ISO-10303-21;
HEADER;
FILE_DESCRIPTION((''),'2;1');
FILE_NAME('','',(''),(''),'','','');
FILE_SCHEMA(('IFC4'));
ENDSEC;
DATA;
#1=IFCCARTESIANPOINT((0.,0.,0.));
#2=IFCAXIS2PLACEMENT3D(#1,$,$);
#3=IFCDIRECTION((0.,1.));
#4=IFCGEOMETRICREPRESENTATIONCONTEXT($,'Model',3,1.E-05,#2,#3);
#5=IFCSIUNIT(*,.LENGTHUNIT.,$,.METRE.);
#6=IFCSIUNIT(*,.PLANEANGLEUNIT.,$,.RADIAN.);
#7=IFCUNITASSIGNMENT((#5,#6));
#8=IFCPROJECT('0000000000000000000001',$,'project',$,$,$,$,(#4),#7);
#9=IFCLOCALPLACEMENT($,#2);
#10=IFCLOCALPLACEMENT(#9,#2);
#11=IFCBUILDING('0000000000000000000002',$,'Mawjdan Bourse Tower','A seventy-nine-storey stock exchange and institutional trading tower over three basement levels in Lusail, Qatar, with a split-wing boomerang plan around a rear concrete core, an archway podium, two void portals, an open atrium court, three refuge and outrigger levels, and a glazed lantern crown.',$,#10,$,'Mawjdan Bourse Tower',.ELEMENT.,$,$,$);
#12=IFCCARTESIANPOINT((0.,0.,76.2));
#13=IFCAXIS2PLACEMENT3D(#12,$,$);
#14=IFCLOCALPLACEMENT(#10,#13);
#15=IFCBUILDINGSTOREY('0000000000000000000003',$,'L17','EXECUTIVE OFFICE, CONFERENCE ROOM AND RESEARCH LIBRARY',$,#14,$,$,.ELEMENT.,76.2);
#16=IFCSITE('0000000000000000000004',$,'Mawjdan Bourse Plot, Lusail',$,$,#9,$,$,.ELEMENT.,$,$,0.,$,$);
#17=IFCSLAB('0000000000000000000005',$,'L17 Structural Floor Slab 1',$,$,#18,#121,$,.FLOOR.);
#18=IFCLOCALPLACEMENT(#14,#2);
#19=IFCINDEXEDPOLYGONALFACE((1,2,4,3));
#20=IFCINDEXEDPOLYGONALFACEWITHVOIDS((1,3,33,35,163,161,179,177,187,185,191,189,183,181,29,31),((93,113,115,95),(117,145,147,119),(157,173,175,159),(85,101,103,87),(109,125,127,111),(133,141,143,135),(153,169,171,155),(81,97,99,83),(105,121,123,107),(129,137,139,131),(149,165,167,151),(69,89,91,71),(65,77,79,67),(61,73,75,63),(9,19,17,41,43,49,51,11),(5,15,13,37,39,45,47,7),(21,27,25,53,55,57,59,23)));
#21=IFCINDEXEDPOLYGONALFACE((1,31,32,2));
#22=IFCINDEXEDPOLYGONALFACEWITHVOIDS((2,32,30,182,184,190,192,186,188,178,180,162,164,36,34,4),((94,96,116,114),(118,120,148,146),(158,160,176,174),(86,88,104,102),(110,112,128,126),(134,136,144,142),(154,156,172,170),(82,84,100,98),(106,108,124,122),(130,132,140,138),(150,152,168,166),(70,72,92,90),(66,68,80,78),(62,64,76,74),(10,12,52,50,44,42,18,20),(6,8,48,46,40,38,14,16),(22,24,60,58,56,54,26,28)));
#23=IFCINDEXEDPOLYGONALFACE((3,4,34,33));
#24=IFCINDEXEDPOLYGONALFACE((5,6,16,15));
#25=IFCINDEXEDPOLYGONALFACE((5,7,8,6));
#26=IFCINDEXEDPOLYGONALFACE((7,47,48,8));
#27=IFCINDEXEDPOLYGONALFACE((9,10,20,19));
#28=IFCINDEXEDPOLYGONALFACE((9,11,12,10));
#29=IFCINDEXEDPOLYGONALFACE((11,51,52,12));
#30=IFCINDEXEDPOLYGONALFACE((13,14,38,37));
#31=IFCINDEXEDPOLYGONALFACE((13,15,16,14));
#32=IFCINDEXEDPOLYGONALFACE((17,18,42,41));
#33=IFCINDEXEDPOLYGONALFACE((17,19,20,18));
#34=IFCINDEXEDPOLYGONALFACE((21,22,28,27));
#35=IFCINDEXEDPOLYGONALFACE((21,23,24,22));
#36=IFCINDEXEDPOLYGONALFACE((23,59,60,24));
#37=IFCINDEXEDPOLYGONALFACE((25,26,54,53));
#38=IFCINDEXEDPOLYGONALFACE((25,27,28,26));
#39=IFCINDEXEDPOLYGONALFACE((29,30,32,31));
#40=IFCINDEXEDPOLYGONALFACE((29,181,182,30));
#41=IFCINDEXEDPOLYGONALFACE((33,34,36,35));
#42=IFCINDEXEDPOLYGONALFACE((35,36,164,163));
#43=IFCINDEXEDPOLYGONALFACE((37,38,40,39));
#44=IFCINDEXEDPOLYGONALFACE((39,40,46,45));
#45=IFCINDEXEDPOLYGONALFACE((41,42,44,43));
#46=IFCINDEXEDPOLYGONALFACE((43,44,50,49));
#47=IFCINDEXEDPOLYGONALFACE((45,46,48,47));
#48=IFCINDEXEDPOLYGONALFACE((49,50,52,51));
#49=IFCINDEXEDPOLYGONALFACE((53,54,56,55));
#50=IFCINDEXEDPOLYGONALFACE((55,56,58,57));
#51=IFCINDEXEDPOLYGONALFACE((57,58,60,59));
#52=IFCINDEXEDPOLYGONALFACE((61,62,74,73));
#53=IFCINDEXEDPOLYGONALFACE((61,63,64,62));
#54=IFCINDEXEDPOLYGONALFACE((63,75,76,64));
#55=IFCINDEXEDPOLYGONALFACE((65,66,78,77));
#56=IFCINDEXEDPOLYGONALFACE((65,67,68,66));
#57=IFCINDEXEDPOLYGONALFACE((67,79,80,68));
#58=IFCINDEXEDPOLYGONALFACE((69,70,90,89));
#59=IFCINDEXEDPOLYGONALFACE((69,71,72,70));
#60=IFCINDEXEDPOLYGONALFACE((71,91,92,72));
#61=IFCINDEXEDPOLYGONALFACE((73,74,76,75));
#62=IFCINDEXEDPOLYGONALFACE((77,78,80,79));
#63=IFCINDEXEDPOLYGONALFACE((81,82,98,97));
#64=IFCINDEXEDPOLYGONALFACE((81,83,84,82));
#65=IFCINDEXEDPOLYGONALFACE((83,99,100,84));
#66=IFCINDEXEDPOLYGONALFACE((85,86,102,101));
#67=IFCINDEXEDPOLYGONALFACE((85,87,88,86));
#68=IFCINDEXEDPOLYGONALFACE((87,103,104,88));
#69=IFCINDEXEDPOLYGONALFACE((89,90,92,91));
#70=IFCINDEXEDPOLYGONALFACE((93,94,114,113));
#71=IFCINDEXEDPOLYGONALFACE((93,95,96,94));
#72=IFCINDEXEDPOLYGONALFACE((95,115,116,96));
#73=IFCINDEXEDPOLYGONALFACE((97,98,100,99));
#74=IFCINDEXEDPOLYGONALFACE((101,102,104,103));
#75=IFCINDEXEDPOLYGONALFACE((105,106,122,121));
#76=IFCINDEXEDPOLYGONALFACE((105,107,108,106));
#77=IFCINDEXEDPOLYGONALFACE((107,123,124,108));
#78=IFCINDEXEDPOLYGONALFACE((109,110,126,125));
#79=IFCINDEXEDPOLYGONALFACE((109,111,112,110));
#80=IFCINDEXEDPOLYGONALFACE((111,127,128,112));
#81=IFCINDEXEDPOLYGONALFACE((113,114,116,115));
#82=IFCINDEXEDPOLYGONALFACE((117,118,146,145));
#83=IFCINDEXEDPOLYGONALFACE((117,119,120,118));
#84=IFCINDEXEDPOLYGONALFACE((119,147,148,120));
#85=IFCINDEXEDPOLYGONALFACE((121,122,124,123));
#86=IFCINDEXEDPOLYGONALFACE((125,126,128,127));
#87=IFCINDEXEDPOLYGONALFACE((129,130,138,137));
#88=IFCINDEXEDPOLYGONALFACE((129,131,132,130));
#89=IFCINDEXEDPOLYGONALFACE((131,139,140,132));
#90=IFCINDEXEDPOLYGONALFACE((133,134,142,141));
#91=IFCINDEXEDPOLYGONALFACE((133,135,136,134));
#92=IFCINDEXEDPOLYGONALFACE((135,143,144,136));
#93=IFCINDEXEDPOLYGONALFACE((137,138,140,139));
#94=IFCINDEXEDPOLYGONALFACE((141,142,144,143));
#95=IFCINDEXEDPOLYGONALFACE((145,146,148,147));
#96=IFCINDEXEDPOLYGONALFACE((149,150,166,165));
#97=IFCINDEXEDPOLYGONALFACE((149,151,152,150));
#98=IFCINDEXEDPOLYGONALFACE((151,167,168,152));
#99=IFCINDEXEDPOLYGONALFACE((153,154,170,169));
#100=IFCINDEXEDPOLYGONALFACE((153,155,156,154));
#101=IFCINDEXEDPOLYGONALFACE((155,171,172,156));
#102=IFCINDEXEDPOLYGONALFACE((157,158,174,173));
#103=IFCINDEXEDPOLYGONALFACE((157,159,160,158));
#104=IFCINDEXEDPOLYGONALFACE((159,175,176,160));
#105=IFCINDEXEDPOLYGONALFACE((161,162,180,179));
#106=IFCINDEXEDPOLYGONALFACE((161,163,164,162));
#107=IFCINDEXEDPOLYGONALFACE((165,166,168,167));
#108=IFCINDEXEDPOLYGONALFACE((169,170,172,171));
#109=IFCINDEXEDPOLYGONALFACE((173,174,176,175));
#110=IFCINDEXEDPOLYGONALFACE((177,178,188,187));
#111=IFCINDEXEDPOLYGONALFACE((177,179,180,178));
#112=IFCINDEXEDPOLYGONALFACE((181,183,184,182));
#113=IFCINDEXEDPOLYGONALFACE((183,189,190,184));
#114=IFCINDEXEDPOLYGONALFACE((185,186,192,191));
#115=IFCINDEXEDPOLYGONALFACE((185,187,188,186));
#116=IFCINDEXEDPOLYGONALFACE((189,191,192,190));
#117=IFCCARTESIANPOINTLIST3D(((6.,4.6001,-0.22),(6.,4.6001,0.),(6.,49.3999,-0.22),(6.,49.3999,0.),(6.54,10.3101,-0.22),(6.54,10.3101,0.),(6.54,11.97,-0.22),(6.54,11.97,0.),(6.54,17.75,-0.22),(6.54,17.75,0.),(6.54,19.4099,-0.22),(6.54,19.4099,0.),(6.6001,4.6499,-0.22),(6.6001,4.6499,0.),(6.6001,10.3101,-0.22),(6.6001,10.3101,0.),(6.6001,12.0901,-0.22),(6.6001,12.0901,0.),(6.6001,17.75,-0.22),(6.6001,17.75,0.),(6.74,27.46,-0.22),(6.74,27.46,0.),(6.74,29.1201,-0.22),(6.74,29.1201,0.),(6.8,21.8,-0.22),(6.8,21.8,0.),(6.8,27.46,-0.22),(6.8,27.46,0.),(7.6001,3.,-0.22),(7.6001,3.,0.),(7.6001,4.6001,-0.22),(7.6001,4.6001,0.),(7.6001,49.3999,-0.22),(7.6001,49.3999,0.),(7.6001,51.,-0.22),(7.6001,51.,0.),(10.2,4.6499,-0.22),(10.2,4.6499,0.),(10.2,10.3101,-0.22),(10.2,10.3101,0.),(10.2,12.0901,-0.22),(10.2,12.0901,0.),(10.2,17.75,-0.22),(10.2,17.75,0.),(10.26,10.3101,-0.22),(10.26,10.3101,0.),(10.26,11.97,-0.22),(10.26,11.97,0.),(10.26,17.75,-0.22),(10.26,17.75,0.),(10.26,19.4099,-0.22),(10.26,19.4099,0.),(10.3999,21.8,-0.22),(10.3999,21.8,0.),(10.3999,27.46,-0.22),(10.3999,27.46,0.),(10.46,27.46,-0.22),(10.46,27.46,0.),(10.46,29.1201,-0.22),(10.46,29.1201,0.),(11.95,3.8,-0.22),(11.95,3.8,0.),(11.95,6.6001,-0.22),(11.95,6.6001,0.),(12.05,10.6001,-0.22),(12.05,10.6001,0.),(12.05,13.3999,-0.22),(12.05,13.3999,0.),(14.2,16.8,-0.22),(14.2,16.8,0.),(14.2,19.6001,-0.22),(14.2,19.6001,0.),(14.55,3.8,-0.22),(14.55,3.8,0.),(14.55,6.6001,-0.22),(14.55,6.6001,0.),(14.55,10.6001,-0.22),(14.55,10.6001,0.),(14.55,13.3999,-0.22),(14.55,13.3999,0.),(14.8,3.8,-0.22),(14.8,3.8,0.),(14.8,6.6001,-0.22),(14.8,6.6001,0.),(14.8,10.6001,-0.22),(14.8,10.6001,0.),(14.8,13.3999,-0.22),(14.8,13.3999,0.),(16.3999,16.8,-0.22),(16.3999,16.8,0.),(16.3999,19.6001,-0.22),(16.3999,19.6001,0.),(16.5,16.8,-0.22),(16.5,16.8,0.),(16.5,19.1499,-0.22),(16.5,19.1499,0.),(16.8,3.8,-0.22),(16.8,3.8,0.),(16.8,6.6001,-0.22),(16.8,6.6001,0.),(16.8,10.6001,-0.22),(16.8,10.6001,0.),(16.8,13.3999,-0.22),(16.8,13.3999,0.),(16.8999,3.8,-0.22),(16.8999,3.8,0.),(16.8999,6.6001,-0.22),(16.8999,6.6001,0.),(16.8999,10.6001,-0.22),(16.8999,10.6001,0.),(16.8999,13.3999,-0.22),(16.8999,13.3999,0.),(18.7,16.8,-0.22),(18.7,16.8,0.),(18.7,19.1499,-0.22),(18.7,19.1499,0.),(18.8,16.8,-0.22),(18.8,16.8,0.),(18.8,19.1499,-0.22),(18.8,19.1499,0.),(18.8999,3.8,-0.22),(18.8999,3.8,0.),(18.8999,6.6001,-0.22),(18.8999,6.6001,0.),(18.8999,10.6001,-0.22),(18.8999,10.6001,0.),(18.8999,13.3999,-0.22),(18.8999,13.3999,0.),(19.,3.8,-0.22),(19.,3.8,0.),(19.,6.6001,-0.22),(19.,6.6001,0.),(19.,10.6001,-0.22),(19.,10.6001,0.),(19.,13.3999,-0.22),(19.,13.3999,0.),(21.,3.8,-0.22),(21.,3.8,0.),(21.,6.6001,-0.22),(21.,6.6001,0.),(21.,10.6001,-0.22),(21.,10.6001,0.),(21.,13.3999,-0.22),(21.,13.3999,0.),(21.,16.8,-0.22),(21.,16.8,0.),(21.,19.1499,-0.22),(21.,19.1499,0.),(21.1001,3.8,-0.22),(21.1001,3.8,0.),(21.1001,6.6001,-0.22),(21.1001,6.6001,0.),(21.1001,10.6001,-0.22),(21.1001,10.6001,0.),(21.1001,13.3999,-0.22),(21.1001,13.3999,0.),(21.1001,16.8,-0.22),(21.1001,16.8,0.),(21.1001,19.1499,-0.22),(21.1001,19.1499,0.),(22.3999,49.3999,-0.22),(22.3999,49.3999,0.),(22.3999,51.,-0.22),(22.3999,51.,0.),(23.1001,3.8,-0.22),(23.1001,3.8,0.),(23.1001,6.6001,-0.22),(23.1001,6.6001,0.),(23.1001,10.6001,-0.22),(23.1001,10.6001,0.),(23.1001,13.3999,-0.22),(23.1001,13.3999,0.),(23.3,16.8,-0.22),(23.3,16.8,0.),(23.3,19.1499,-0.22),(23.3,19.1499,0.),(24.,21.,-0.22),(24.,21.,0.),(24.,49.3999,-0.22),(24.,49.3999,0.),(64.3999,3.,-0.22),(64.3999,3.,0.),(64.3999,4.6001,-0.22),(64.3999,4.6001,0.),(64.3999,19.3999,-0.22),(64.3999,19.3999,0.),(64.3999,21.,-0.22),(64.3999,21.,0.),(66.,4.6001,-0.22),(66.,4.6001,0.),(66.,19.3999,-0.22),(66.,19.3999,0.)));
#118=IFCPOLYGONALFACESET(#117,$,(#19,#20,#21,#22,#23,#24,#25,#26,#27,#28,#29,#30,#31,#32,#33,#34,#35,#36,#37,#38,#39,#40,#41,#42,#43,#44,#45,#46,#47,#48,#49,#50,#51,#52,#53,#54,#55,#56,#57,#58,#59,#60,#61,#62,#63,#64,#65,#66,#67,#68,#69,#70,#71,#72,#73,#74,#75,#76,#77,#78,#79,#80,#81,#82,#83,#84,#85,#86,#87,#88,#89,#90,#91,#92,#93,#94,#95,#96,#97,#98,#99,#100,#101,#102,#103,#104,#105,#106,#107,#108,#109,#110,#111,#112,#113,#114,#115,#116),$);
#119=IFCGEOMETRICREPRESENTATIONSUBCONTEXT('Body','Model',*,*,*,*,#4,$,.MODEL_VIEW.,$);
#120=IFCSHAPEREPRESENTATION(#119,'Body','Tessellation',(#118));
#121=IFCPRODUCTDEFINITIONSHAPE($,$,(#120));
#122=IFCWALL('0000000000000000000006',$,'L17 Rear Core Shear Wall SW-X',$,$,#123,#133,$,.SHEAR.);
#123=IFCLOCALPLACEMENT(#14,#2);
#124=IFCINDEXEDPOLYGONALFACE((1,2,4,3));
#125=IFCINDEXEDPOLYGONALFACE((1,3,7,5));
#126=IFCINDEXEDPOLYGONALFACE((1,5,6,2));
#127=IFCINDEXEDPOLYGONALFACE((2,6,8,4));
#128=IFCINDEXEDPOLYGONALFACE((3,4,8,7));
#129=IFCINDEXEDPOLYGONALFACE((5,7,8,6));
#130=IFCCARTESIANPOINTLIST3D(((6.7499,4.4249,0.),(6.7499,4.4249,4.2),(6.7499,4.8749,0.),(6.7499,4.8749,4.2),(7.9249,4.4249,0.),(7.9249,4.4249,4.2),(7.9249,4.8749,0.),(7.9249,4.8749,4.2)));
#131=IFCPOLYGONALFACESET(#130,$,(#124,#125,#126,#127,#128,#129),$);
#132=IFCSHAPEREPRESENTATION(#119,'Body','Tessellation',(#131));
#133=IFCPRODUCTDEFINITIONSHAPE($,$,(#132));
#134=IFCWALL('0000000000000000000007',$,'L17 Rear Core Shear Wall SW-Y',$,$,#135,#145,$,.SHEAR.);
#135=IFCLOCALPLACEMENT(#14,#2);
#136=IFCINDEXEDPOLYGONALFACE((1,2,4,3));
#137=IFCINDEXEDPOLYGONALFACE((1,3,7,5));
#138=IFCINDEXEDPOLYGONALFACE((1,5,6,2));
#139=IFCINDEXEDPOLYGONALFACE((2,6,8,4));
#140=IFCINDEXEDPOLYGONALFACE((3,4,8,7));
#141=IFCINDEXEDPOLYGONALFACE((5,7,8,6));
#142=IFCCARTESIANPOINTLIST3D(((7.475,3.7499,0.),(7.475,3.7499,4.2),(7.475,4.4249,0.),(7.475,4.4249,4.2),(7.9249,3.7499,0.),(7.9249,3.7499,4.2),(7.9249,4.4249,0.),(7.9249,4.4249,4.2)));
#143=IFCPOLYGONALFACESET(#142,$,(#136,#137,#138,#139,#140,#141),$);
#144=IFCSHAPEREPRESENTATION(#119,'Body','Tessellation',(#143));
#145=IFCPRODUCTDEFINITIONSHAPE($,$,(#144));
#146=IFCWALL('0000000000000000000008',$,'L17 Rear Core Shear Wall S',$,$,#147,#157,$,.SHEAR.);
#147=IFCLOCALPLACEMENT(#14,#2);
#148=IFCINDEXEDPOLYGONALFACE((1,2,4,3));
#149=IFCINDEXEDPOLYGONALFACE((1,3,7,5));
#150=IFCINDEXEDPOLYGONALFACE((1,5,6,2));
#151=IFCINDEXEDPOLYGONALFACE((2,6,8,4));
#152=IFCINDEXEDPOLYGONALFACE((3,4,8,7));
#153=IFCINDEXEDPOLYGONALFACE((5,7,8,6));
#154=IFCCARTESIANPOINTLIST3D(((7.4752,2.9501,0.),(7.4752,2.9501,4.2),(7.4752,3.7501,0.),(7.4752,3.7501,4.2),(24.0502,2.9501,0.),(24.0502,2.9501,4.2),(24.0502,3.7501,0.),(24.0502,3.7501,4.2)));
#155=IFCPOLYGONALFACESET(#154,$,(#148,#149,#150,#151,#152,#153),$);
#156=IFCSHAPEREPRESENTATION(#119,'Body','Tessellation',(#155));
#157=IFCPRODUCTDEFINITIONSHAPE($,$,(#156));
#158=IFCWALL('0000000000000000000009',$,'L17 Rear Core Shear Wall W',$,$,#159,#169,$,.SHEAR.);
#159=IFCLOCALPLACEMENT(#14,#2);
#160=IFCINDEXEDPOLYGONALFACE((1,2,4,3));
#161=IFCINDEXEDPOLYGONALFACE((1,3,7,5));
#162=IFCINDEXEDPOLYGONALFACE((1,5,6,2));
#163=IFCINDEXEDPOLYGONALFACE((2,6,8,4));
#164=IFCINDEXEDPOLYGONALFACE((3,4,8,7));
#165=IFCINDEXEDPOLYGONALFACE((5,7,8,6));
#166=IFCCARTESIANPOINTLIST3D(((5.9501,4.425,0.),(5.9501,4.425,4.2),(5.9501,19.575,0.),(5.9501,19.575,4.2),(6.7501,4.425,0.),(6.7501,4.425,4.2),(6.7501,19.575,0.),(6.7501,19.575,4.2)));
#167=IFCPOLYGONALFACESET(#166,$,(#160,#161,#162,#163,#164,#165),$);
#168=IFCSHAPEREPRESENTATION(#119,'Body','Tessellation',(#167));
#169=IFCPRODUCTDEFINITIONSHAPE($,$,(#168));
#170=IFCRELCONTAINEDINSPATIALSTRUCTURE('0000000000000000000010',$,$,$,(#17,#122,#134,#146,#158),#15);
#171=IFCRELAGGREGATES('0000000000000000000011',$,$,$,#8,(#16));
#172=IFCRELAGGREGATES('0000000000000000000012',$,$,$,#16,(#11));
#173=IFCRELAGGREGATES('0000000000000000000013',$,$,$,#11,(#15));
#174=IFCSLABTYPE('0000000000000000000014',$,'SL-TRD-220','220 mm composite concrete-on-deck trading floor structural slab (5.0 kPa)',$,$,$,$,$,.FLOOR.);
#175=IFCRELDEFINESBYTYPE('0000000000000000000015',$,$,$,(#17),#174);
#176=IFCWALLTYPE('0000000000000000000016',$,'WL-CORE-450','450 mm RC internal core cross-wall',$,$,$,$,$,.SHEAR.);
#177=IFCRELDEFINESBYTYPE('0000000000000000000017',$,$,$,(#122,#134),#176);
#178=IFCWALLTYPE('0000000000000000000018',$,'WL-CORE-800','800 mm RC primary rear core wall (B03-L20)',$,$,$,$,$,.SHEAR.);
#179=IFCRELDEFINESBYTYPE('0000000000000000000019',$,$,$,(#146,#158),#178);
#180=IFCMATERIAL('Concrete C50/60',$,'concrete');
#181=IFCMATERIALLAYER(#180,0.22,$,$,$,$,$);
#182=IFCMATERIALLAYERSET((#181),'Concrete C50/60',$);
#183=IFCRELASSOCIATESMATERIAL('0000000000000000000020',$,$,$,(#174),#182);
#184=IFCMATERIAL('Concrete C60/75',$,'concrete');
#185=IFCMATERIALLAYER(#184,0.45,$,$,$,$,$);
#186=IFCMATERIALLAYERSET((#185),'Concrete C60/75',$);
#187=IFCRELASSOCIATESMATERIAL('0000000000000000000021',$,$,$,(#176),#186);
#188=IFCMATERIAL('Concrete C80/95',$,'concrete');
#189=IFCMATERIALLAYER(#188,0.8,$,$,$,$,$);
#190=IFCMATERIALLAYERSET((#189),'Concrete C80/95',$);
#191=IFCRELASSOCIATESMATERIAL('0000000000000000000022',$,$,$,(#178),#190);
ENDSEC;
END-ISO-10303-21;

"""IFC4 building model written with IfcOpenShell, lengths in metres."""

from ifc_helpers import new_model, si_unit, direction, frame, frame_2d, origin, place, context, subcontext, project, spatial, polyline, rectangle, outline, extrude, material, layer, layer_set, type_object, element, save


model = new_model("IFC4")

# Units and contexts
model_context = context("Model", 3, precision=1e-05, world=origin(), true_north=direction((0.0, 1.0)))
body_context = subcontext(model_context, "Body", "Model", "MODEL_VIEW")
ifc_project = project(units=[si_unit("LENGTHUNIT", "METRE"), si_unit("PLANEANGLEUNIT", "RADIAN")], contexts=[model_context])

# Site, building, storey
site_placement = place(None, origin())
site = spatial("IfcSite", under=ifc_project, at=site_placement, Name="Mawjdan Bourse Plot, Lusail", CompositionType="ELEMENT", RefElevation=0.0)
building_placement = place(site_placement, origin())
building = spatial("IfcBuilding", under=site, at=building_placement, Name="Mawjdan Bourse Tower", Description="A seventy-nine-storey stock exchange and institutional trading tower over three basement levels in Lusail, Qatar, with a split-wing boomerang plan around a rear concrete core, an archway podium, two void portals, an open atrium court, three refuge and outrigger levels, and a glazed lantern crown.", LongName="Mawjdan Bourse Tower", CompositionType="ELEMENT")
storey_placement = place(building_placement, frame((0.0, 0.0, 76.2)))
storey = spatial("IfcBuildingStorey", under=building, at=storey_placement, Name="L17", Description="EXECUTIVE OFFICE, CONFERENCE ROOM AND RESEARCH LIBRARY", CompositionType="ELEMENT", Elevation=76.2)

# Shared definitions
ifc_material_1 = material(Name="Concrete C50/60", Category="concrete")

# Slab
ifc_layer_1 = layer(ifc_material_1, 0.22)
ifc_layer_set_1 = layer_set([ifc_layer_1], Name="Concrete C50/60")
slab_type_1 = type_object("IfcSlabType", Name="SL-TRD-220", Description="220 mm composite concrete-on-deck trading floor structural slab (5.0 kPa)", PredefinedType="FLOOR", material=ifc_layer_set_1)
slab_1_placement = place(storey_placement, frame((0.0, 0.0, -0.22)))
element("IfcSlab", 1, at=slab_1_placement, inside=storey, type_object=slab_type_1, Name="L17 Structural Floor Slab 1", PredefinedType="FLOOR", context=body_context, shape_type="SweptSolid", body=[
    extrude(outline(polyline([(7.6001, 3.0), (64.3999, 3.0), (64.3999, 4.6001), (66.0, 4.6001), (66.0, 19.3999), (64.3999, 19.3999), (64.3999, 21.0), (24.0, 21.0), (24.0, 49.3999), (22.3999, 49.3999), (22.3999, 51.0), (7.6001, 51.0), (7.6001, 49.3999), (6.0, 49.3999), (6.0, 4.6001), (7.6001, 4.6001), (7.6001, 3.0)]), holes=[polyline([(11.95, 3.8), (11.95, 6.6001), (14.55, 6.6001), (14.55, 3.8), (11.95, 3.8)]), polyline([(14.8, 3.8), (14.8, 6.6001), (16.8, 6.6001), (16.8, 3.8), (14.8, 3.8)]), polyline([(10.26, 11.97), (10.26, 10.3101), (10.2, 10.3101), (10.2, 4.6499), (6.6001, 4.6499), (6.6001, 10.3101), (6.54, 10.3101), (6.54, 11.97), (10.26, 11.97)]), polyline([(12.05, 13.3999), (14.55, 13.3999), (14.55, 10.6001), (12.05, 10.6001), (12.05, 13.3999)]), polyline([(6.6001, 17.75), (6.54, 17.75), (6.54, 19.4099), (10.26, 19.4099), (10.26, 17.75), (10.2, 17.75), (10.2, 12.0901), (6.6001, 12.0901), (6.6001, 17.75)]), polyline([(14.2, 16.8), (14.2, 19.6001), (16.3999, 19.6001), (16.3999, 16.8), (14.2, 16.8)]), polyline([(10.46, 27.46), (10.3999, 27.46), (10.3999, 21.8), (6.8, 21.8), (6.8, 27.46), (6.74, 27.46), (6.74, 29.1201), (10.46, 29.1201), (10.46, 27.46)]), polyline([(16.8999, 3.8), (16.8999, 6.6001), (18.8999, 6.6001), (18.8999, 3.8), (16.8999, 3.8)]), polyline([(19.0, 3.8), (19.0, 6.6001), (21.0, 6.6001), (21.0, 3.8), (19.0, 3.8)]), polyline([(21.1001, 3.8), (21.1001, 6.6001), (23.1001, 6.6001), (23.1001, 3.8), (21.1001, 3.8)]), polyline([(14.8, 13.3999), (16.8, 13.3999), (16.8, 10.6001), (14.8, 10.6001), (14.8, 13.3999)]), polyline([(16.8999, 13.3999), (18.8999, 13.3999), (18.8999, 10.6001), (16.8999, 10.6001), (16.8999, 13.3999)]), polyline([(19.0, 10.6001), (19.0, 13.3999), (21.0, 13.3999), (21.0, 10.6001), (19.0, 10.6001)]), polyline([(21.1001, 10.6001), (21.1001, 13.3999), (23.1001, 13.3999), (23.1001, 10.6001), (21.1001, 10.6001)]), polyline([(16.5, 16.8), (16.5, 19.1499), (18.7, 19.1499), (18.7, 16.8), (16.5, 16.8)]), polyline([(18.8, 19.1499), (21.0, 19.1499), (21.0, 16.8), (18.8, 16.8), (18.8, 19.1499)]), polyline([(21.1001, 19.1499), (23.3, 19.1499), (23.3, 16.8), (21.1001, 16.8), (21.1001, 19.1499)])]), origin(), (0.0, 0.0, 1.0), 0.22),
])

# Walls
ifc_material_2 = material(Name="Concrete C60/75", Category="concrete")
ifc_layer_2 = layer(ifc_material_2, 0.45)
ifc_layer_set_2 = layer_set([ifc_layer_2], Name="Concrete C60/75")
wall_type_1 = type_object("IfcWallType", Name="WL-CORE-450", Description="450 mm RC internal core cross-wall", PredefinedType="SHEAR", material=ifc_layer_set_2)
wall_1_placement = place(storey_placement, frame((6.75, 4.6499, 0.0), z_axis=(0.0, 0.0, 1.0), x_axis=(1.0, 0.0, 0.0)))
element("IfcWall", 2, at=wall_1_placement, inside=storey, type_object=wall_type_1, Name="L17 Rear Core Shear Wall SW-X", PredefinedType="SHEAR", context=body_context, shape_type="SweptSolid", body=[
    extrude(rectangle(XDim=1.175, YDim=0.45, at=frame_2d((0.5874, 0.0))), origin(), (0.0, 0.0, 1.0), 4.2),
])
wall_2_placement = place(storey_placement, frame((7.7, 3.75, 0.0), z_axis=(0.0, 0.0, 1.0), x_axis=(0.0, 1.0, 0.0)))
element("IfcWall", 3, at=wall_2_placement, inside=storey, type_object=wall_type_1, Name="L17 Rear Core Shear Wall SW-Y", PredefinedType="SHEAR", context=body_context, shape_type="SweptSolid", body=[
    extrude(rectangle(XDim=0.675, YDim=0.45, at=frame_2d((0.3374, 0.0))), origin(), (0.0, 0.0, 1.0), 4.2),
])
ifc_material_3 = material(Name="Concrete C80/95", Category="concrete")
ifc_layer_3 = layer(ifc_material_3, 0.8)
ifc_layer_set_3 = layer_set([ifc_layer_3], Name="Concrete C80/95")
wall_type_2 = type_object("IfcWallType", Name="WL-CORE-800", Description="800 mm RC primary rear core wall (B03-L20)", PredefinedType="SHEAR", material=ifc_layer_set_3)
wall_3_placement = place(storey_placement, frame((7.4751, 3.3501, 0.0), z_axis=(0.0, 0.0, 1.0), x_axis=(1.0, 0.0, 0.0)))
element("IfcWall", 4, at=wall_3_placement, inside=storey, type_object=wall_type_2, Name="L17 Rear Core Shear Wall S", PredefinedType="SHEAR", context=body_context, shape_type="SweptSolid", body=[
    extrude(rectangle(XDim=16.575, YDim=0.8, at=frame_2d((8.2876, 0.0))), origin(), (0.0, 0.0, 1.0), 4.2),
])
wall_4_placement = place(storey_placement, frame((6.3501, 4.425, 0.0), z_axis=(0.0, 0.0, 1.0), x_axis=(0.0, 1.0, 0.0)))
element("IfcWall", 5, at=wall_4_placement, inside=storey, type_object=wall_type_2, Name="L17 Rear Core Shear Wall W", PredefinedType="SHEAR", context=body_context, shape_type="SweptSolid", body=[
    extrude(rectangle(XDim=15.1499, YDim=0.8, at=frame_2d((7.575, 0.0))), origin(), (0.0, 0.0, 1.0), 4.2),
])

save(model, "model.ifc")
